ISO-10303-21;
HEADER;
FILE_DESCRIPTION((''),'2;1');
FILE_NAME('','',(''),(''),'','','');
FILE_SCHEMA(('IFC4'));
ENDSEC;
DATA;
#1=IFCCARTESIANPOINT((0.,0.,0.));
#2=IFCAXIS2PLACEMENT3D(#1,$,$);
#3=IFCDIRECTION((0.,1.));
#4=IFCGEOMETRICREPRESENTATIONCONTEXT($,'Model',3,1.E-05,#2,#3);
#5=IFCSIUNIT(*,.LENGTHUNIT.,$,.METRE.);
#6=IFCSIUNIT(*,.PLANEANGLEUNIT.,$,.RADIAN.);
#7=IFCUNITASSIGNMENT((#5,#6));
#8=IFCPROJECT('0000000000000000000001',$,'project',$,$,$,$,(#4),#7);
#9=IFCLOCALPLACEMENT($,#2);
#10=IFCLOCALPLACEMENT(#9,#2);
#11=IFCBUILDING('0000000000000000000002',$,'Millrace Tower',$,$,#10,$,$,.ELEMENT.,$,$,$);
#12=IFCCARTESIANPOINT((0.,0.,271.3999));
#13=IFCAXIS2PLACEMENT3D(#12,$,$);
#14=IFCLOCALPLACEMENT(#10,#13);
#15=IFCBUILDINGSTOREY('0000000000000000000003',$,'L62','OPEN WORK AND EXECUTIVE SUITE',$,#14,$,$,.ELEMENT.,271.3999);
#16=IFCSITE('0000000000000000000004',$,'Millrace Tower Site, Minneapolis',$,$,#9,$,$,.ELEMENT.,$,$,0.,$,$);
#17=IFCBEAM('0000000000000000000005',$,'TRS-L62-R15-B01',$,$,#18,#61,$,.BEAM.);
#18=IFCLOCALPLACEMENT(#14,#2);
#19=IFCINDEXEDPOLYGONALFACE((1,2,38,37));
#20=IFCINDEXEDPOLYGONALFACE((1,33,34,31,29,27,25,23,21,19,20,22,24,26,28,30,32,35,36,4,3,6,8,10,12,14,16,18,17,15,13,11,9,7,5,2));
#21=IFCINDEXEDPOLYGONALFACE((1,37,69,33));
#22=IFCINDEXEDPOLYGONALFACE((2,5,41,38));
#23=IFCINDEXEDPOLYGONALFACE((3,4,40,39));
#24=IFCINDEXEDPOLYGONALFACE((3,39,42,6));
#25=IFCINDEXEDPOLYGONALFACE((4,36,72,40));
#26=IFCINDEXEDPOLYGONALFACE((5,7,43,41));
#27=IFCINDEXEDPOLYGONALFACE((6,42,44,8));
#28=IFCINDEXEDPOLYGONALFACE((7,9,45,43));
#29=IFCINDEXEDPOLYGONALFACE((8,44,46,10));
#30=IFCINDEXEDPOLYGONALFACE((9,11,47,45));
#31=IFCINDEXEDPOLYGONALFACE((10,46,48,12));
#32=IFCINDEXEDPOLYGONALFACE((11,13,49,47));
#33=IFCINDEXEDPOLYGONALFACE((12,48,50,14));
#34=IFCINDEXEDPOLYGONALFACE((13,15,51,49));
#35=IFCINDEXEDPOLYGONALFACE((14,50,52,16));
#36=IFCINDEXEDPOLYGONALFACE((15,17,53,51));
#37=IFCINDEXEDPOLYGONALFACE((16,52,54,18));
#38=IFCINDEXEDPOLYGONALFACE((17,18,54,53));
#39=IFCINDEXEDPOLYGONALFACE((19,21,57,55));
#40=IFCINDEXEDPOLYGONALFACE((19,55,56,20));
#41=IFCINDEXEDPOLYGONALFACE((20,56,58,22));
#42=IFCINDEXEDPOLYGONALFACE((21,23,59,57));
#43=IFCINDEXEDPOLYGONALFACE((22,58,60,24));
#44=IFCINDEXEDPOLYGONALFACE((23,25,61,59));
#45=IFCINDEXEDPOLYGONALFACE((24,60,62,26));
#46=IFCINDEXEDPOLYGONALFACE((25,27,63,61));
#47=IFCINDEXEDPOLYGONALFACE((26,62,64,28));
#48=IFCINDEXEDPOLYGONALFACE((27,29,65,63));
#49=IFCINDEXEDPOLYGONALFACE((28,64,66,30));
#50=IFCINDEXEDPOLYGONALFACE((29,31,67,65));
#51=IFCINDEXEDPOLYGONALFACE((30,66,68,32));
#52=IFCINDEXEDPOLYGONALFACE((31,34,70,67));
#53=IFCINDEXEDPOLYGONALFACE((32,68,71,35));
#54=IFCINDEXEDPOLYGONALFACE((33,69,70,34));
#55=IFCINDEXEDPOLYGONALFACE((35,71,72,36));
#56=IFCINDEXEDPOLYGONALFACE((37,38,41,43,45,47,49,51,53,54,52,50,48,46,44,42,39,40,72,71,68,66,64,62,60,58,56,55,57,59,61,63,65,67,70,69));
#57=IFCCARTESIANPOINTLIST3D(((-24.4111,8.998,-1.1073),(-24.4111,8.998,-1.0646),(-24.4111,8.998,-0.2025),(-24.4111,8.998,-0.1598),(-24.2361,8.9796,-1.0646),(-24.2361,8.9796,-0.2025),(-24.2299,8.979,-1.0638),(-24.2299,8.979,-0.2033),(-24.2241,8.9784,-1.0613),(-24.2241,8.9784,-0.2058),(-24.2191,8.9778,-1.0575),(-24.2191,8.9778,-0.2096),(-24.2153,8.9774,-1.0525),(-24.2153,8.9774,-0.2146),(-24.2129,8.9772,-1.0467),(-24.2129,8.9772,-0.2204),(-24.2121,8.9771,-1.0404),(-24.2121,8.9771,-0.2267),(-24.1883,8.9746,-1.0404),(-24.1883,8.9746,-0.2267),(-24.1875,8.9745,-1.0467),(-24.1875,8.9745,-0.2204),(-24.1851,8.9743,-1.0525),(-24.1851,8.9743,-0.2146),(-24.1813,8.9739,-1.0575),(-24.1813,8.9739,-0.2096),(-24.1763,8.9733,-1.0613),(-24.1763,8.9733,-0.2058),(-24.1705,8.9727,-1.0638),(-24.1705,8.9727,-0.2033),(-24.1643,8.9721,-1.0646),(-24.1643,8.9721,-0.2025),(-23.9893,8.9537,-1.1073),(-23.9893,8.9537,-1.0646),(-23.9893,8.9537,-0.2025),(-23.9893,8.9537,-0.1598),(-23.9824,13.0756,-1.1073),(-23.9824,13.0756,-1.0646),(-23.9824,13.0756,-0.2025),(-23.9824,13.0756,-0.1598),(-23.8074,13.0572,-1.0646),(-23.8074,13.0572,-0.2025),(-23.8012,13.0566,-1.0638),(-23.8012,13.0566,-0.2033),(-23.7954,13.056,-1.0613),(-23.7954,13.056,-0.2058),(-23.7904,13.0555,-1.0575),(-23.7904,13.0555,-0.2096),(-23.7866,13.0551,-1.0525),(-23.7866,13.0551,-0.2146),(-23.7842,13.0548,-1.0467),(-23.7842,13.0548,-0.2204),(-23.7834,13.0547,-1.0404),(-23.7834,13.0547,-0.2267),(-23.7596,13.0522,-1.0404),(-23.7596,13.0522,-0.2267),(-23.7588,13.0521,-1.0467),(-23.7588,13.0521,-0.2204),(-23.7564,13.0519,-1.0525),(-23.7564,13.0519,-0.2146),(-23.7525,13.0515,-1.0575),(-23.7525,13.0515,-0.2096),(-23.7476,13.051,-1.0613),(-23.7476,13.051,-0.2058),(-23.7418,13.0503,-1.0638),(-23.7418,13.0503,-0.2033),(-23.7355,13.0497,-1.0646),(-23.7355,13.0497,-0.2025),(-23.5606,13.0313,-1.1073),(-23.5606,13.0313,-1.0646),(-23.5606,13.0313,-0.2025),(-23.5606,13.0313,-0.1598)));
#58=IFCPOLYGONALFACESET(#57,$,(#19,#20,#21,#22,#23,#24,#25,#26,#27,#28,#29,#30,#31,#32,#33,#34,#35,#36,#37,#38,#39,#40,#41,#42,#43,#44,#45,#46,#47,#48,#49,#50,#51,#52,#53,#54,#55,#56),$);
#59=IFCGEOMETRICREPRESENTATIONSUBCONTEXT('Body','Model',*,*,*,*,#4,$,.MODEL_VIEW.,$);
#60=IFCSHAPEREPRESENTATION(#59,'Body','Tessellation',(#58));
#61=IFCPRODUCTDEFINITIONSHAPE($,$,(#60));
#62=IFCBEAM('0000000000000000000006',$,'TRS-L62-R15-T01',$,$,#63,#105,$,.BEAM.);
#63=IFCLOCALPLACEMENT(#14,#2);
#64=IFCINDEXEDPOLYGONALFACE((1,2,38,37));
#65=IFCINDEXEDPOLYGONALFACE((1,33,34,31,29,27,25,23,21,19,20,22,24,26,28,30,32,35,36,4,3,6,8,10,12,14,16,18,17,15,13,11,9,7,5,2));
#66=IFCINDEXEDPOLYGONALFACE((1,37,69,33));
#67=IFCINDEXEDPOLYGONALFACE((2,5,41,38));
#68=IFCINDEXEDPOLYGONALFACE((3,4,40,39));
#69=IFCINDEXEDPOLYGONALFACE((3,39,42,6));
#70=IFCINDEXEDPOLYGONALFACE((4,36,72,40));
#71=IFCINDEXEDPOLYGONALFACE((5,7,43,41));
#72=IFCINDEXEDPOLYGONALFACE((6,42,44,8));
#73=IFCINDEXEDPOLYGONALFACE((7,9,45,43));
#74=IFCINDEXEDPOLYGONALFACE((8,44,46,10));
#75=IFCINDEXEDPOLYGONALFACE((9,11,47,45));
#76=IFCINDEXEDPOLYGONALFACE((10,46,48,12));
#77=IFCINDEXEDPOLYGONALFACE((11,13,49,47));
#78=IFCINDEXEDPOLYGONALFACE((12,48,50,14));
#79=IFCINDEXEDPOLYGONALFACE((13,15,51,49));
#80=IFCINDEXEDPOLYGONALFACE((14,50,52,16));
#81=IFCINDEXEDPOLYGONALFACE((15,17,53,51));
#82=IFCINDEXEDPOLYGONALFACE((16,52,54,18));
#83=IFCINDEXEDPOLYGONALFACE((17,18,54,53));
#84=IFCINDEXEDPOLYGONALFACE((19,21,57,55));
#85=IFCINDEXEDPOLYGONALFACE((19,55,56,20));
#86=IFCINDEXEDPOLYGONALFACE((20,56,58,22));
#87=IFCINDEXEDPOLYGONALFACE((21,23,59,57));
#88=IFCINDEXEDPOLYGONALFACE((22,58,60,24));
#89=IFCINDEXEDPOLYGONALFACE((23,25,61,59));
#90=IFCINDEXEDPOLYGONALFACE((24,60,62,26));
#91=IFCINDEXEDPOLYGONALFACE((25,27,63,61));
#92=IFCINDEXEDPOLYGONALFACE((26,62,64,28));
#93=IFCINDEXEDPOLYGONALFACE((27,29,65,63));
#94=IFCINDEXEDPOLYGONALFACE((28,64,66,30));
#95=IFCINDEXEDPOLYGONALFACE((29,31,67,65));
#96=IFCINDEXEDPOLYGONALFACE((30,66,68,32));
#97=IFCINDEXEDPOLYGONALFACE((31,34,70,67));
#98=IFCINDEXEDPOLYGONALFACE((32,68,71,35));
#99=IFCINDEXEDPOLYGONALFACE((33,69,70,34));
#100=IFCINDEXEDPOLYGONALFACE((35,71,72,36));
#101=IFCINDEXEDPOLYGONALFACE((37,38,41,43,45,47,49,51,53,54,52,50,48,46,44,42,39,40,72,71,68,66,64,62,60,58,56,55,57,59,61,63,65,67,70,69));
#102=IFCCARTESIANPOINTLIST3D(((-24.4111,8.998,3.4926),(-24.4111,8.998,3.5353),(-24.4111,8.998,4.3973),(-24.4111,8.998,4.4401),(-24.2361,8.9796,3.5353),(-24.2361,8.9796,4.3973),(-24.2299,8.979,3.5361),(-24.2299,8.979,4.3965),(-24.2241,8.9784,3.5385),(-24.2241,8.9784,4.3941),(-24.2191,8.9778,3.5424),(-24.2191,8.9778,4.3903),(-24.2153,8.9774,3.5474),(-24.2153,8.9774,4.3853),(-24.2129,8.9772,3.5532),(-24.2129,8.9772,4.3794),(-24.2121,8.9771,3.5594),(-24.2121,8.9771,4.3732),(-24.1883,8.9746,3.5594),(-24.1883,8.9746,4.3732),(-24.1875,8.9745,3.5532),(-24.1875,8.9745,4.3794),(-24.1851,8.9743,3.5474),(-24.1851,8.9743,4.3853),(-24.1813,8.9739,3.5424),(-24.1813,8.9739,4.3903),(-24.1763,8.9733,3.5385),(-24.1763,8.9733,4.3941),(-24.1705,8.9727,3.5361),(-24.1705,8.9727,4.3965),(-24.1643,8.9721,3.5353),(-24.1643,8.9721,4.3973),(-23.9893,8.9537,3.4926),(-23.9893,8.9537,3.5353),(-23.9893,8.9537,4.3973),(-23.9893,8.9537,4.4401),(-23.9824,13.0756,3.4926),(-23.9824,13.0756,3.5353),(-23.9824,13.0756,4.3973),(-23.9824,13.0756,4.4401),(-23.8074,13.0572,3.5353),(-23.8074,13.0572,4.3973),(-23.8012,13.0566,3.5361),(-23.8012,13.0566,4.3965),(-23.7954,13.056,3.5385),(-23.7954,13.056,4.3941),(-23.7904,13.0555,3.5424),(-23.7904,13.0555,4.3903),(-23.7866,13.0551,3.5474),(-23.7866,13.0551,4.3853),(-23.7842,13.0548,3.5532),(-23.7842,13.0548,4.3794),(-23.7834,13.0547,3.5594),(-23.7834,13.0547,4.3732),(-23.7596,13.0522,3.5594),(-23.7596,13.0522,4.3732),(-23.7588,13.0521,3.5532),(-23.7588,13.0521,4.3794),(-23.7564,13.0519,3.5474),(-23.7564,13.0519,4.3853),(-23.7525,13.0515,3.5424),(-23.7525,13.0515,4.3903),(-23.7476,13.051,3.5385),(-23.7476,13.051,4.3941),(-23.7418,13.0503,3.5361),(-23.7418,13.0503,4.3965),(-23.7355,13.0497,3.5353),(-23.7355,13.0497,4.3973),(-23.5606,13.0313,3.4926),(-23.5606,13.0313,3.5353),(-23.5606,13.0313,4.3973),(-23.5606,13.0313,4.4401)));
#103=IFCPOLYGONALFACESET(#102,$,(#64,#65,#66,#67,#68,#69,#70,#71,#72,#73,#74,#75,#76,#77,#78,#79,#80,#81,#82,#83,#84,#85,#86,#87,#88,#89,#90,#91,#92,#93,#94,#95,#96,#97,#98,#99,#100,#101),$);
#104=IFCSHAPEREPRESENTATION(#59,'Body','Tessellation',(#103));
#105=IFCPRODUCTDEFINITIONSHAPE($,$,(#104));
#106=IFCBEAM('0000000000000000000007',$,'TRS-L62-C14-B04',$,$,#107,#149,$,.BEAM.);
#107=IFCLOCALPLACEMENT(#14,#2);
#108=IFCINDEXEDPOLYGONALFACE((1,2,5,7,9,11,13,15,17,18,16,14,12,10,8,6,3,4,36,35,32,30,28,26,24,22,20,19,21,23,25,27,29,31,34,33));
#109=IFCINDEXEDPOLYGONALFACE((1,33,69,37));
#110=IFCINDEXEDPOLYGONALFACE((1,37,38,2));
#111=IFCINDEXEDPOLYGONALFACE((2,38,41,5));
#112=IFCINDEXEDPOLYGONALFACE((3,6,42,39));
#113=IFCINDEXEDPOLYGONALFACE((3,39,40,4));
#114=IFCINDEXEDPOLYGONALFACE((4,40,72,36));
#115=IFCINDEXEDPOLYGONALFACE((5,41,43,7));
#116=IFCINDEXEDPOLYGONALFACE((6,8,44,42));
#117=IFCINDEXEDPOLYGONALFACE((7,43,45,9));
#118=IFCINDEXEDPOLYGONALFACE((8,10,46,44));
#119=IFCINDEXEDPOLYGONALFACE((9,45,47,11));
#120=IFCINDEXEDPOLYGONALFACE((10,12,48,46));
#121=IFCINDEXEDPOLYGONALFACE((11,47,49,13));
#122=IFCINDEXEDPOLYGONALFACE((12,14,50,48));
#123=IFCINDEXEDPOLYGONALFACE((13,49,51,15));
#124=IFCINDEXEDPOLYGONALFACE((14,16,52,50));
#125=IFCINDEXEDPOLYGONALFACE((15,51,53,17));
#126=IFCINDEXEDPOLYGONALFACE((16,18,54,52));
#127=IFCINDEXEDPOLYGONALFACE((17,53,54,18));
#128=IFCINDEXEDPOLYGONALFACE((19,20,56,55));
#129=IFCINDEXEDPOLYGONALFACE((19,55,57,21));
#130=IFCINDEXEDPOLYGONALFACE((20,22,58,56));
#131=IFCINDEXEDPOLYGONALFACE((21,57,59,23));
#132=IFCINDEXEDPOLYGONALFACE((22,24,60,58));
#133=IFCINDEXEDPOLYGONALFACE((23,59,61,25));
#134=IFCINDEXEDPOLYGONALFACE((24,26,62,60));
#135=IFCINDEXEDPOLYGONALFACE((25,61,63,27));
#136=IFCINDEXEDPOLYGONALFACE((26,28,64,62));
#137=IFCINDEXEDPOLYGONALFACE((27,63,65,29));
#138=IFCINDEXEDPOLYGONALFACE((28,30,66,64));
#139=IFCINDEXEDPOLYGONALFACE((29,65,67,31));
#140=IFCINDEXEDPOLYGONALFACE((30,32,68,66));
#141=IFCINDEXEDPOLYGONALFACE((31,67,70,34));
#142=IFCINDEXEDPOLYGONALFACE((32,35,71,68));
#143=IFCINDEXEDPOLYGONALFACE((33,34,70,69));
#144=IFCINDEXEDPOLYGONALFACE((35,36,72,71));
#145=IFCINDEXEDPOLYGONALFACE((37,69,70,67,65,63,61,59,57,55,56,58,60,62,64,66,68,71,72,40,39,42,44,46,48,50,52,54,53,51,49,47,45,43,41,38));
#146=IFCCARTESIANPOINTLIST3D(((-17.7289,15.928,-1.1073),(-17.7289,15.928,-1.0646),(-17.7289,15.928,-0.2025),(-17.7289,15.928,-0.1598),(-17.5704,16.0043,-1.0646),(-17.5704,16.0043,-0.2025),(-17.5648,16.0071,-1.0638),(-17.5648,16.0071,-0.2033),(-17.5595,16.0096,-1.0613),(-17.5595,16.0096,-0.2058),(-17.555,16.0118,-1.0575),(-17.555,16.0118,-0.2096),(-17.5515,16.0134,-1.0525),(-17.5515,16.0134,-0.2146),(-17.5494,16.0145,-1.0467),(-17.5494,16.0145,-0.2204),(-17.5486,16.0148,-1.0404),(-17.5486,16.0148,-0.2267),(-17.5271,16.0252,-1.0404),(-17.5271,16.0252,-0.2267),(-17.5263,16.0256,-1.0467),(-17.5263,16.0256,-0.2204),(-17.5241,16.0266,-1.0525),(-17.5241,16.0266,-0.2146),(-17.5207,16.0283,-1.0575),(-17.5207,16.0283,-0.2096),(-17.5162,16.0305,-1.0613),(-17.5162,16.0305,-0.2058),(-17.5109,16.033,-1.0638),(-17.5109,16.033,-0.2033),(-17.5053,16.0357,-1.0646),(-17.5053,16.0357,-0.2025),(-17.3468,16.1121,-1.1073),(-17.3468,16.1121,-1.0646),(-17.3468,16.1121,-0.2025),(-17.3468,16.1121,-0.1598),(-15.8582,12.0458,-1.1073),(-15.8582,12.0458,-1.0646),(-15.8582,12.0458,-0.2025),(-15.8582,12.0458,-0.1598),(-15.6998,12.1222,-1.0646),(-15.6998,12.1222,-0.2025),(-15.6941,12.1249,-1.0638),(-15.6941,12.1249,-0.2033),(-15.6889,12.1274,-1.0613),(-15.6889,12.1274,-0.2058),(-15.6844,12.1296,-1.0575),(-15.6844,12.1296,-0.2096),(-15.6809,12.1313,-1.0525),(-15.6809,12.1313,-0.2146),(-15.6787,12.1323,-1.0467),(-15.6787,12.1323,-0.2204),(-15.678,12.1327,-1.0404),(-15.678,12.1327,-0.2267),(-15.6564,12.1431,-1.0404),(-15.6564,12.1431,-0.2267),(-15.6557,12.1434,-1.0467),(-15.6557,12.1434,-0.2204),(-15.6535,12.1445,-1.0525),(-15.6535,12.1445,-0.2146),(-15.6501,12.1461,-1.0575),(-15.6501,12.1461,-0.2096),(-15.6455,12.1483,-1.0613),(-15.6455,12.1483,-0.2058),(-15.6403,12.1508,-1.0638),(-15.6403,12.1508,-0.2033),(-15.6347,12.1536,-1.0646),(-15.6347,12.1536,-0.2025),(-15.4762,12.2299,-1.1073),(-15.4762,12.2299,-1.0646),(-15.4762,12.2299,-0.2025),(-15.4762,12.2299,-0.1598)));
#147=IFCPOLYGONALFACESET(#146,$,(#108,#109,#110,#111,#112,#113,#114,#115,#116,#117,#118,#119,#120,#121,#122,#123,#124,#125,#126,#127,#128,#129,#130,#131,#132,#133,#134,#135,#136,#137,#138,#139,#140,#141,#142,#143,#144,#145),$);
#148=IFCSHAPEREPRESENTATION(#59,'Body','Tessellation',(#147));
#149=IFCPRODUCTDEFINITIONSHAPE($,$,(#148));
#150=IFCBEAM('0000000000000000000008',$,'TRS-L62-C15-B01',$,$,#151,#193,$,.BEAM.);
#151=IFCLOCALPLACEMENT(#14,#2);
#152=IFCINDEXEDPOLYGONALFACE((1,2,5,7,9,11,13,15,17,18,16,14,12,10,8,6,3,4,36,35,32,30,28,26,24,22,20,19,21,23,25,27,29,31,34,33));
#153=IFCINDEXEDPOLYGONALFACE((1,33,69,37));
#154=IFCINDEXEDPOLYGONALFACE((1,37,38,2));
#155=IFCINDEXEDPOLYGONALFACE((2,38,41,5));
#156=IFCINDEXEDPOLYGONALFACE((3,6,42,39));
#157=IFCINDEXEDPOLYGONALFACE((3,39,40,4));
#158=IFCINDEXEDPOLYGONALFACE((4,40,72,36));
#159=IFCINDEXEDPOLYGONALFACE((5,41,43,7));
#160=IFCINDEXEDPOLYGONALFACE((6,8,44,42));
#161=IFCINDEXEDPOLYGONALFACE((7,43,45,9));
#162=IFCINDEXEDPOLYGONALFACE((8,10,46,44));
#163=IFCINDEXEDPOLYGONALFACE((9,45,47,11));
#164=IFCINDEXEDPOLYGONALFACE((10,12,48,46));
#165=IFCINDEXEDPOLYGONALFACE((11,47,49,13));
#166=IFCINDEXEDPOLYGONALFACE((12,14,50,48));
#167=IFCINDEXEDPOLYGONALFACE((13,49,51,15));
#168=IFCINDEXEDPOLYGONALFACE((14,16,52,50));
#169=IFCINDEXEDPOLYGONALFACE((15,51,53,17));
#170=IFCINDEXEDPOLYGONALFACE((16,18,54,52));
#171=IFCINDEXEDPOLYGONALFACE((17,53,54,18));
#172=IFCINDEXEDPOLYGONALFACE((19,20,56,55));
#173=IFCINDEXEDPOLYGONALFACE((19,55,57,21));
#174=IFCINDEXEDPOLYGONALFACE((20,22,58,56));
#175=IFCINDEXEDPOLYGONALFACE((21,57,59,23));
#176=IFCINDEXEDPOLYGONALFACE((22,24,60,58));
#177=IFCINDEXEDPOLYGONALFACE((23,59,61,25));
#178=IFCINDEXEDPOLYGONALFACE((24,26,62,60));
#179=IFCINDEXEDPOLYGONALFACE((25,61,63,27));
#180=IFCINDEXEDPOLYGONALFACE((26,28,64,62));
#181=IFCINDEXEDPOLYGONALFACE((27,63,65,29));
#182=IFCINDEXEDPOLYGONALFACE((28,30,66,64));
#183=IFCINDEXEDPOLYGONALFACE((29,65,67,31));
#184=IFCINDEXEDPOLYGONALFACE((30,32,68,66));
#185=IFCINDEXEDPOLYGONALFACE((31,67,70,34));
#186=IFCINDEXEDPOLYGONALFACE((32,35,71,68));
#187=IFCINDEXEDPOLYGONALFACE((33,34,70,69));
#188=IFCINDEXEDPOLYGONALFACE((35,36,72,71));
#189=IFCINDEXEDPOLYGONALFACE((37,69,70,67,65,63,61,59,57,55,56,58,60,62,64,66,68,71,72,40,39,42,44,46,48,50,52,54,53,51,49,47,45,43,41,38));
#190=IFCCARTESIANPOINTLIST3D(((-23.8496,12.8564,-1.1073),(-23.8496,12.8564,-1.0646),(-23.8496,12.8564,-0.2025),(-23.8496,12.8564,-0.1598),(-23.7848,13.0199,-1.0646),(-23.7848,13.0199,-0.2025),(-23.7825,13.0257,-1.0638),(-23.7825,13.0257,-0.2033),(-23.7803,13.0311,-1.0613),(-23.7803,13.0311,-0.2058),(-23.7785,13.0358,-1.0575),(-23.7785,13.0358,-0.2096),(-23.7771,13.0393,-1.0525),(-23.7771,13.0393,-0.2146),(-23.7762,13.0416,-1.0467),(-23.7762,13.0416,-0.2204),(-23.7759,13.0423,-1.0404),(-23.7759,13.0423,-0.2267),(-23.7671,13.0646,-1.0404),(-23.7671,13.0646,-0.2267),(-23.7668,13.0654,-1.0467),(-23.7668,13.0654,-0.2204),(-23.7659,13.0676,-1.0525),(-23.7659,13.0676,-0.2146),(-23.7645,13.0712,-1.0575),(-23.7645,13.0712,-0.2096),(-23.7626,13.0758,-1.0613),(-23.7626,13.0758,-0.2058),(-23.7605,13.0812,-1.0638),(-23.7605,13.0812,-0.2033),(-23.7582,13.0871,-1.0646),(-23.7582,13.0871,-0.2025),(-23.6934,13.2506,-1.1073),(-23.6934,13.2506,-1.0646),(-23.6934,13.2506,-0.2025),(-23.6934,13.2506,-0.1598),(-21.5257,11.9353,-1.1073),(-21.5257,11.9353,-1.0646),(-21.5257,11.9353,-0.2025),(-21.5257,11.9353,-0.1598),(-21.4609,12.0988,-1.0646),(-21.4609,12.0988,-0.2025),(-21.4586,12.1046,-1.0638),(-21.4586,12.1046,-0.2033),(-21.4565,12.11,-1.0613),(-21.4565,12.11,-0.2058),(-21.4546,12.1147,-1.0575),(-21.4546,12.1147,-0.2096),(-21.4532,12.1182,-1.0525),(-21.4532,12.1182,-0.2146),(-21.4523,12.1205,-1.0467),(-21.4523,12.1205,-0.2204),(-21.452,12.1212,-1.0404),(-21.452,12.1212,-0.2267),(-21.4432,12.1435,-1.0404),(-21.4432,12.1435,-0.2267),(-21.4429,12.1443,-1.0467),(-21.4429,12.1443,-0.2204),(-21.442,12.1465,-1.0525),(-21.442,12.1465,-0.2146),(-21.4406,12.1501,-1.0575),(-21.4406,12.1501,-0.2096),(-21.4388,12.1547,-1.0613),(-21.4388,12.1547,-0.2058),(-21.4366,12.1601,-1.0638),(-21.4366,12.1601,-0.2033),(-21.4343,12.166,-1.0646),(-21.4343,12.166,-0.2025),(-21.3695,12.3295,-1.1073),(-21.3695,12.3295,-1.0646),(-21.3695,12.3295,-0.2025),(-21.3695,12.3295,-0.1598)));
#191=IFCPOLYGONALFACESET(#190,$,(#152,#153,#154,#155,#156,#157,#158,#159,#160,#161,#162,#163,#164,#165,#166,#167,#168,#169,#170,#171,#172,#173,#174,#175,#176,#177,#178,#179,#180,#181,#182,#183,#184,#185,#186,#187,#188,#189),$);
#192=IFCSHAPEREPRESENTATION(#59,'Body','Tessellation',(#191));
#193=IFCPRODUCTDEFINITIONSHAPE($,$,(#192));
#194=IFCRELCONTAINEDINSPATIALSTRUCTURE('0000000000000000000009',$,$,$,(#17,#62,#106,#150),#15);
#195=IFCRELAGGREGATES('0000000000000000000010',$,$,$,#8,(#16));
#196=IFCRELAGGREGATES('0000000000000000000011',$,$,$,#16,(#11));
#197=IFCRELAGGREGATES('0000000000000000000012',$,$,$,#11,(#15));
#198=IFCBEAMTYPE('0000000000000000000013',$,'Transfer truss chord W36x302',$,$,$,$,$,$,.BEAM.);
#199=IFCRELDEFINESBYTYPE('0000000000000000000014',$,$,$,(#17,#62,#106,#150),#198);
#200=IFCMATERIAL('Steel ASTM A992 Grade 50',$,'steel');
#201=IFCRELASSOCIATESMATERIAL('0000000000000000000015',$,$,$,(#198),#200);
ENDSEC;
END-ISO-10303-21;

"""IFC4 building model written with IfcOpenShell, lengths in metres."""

from ifc_helpers import new_model, si_unit, direction, frame, origin, origin_2d, place, context, subcontext, project, spatial, i_section, extrude, material, material_profile, profile_set, type_object, element, save


model = new_model("IFC4")

# Units and contexts
model_context = context("Model", 3, precision=1e-05, world=origin(), true_north=direction((0.0, 1.0)))
body_context = subcontext(model_context, "Body", "Model", "MODEL_VIEW")
ifc_project = project(units=[si_unit("LENGTHUNIT", "METRE"), si_unit("PLANEANGLEUNIT", "RADIAN")], contexts=[model_context])

# Site, building, storey
site_placement = place(None, origin())
site = spatial("IfcSite", under=ifc_project, at=site_placement, Name="Millrace Tower Site, Minneapolis", CompositionType="ELEMENT", RefElevation=0.0)
building_placement = place(site_placement, origin())
building = spatial("IfcBuilding", under=site, at=building_placement, Name="Millrace Tower", CompositionType="ELEMENT")
storey_placement = place(building_placement, frame((0.0, 0.0, 271.3999)))
storey = spatial("IfcBuildingStorey", under=building, at=storey_placement, Name="L62", Description="OPEN WORK AND EXECUTIVE SUITE", CompositionType="ELEMENT", Elevation=271.3999)

# Beams
ifc_material_1 = material(Name="Steel ASTM A992 Grade 50", Category="steel")
ifc_material_profile_1 = material_profile(ifc_material_1, i_section(OverallWidth=0.4241, OverallDepth=0.9475, WebThickness=0.0239, FlangeThickness=0.0427, FilletRadius=0.0242, at=origin_2d()))
ifc_profile_set_1 = profile_set([ifc_material_profile_1], Name="Steel ASTM A992 Grade 50")
beam_type_1 = type_object("IfcBeamType", Name="Transfer truss chord W36x302", PredefinedType="BEAM", material=ifc_profile_set_1)
for number, where, z_axis, x_axis, name in (
    (1, (-23.7715, 13.0535, -0.6335), (-0.104561, -0.994518, 0.0), (0.994518, -0.104561, 0.0), "TRS-L62-R15-B01"),
    (2, (-23.7715, 13.0535, 3.9663), (-0.104561, -0.994518, 0.0), (0.994518, -0.104561, 0.0), "TRS-L62-R15-T01"),
):
    element("IfcBeam", number, at=place(storey_placement, frame(where, z_axis=z_axis, x_axis=x_axis)), inside=storey, type_object=beam_type_1, Name=name, PredefinedType="BEAM", context=body_context, shape_type="SweptSolid", body=[
        extrude(i_section(OverallWidth=0.4241, OverallDepth=0.9475, WebThickness=0.0239, FlangeThickness=0.0427, FilletRadius=0.0242, at=origin_2d()), origin(), (0.0, 0.0, 1.0), 4.1001),
    ])
beam_1_placement = place(storey_placement, frame((-17.5378, 16.02, -0.6335), z_axis=(0.43409, -0.90087, 0.0), x_axis=(0.90087, 0.43409, 0.0)))
element("IfcBeam", 3, at=beam_1_placement, inside=storey, type_object=beam_type_1, Name="TRS-L62-C14-B04", PredefinedType="BEAM", context=body_context, shape_type="SweptSolid", body=[
    extrude(i_section(OverallWidth=0.4241, OverallDepth=0.9475, WebThickness=0.0239, FlangeThickness=0.0427, FilletRadius=0.0242, at=origin_2d()), origin(), (0.0, 0.0, 1.0), 4.3093),
])
for number, where, z_axis, x_axis, name in (
    (4, (-23.7715, 13.0535, -0.6335), (0.929637, -0.368476, 0.0), (0.368476, 0.929637, 0.0), "TRS-L62-C15-B01"),
):
    element("IfcBeam", number, at=place(storey_placement, frame(where, z_axis=z_axis, x_axis=x_axis)), inside=storey, type_object=beam_type_1, Name=name, PredefinedType="BEAM", context=body_context, shape_type="SweptSolid", body=[
        extrude(i_section(OverallWidth=0.4241, OverallDepth=0.9475, WebThickness=0.0239, FlangeThickness=0.0427, FilletRadius=0.0242, at=origin_2d()), origin(), (0.0, 0.0, 1.0), 2.4998),
    ])

save(model, "model.ifc")
